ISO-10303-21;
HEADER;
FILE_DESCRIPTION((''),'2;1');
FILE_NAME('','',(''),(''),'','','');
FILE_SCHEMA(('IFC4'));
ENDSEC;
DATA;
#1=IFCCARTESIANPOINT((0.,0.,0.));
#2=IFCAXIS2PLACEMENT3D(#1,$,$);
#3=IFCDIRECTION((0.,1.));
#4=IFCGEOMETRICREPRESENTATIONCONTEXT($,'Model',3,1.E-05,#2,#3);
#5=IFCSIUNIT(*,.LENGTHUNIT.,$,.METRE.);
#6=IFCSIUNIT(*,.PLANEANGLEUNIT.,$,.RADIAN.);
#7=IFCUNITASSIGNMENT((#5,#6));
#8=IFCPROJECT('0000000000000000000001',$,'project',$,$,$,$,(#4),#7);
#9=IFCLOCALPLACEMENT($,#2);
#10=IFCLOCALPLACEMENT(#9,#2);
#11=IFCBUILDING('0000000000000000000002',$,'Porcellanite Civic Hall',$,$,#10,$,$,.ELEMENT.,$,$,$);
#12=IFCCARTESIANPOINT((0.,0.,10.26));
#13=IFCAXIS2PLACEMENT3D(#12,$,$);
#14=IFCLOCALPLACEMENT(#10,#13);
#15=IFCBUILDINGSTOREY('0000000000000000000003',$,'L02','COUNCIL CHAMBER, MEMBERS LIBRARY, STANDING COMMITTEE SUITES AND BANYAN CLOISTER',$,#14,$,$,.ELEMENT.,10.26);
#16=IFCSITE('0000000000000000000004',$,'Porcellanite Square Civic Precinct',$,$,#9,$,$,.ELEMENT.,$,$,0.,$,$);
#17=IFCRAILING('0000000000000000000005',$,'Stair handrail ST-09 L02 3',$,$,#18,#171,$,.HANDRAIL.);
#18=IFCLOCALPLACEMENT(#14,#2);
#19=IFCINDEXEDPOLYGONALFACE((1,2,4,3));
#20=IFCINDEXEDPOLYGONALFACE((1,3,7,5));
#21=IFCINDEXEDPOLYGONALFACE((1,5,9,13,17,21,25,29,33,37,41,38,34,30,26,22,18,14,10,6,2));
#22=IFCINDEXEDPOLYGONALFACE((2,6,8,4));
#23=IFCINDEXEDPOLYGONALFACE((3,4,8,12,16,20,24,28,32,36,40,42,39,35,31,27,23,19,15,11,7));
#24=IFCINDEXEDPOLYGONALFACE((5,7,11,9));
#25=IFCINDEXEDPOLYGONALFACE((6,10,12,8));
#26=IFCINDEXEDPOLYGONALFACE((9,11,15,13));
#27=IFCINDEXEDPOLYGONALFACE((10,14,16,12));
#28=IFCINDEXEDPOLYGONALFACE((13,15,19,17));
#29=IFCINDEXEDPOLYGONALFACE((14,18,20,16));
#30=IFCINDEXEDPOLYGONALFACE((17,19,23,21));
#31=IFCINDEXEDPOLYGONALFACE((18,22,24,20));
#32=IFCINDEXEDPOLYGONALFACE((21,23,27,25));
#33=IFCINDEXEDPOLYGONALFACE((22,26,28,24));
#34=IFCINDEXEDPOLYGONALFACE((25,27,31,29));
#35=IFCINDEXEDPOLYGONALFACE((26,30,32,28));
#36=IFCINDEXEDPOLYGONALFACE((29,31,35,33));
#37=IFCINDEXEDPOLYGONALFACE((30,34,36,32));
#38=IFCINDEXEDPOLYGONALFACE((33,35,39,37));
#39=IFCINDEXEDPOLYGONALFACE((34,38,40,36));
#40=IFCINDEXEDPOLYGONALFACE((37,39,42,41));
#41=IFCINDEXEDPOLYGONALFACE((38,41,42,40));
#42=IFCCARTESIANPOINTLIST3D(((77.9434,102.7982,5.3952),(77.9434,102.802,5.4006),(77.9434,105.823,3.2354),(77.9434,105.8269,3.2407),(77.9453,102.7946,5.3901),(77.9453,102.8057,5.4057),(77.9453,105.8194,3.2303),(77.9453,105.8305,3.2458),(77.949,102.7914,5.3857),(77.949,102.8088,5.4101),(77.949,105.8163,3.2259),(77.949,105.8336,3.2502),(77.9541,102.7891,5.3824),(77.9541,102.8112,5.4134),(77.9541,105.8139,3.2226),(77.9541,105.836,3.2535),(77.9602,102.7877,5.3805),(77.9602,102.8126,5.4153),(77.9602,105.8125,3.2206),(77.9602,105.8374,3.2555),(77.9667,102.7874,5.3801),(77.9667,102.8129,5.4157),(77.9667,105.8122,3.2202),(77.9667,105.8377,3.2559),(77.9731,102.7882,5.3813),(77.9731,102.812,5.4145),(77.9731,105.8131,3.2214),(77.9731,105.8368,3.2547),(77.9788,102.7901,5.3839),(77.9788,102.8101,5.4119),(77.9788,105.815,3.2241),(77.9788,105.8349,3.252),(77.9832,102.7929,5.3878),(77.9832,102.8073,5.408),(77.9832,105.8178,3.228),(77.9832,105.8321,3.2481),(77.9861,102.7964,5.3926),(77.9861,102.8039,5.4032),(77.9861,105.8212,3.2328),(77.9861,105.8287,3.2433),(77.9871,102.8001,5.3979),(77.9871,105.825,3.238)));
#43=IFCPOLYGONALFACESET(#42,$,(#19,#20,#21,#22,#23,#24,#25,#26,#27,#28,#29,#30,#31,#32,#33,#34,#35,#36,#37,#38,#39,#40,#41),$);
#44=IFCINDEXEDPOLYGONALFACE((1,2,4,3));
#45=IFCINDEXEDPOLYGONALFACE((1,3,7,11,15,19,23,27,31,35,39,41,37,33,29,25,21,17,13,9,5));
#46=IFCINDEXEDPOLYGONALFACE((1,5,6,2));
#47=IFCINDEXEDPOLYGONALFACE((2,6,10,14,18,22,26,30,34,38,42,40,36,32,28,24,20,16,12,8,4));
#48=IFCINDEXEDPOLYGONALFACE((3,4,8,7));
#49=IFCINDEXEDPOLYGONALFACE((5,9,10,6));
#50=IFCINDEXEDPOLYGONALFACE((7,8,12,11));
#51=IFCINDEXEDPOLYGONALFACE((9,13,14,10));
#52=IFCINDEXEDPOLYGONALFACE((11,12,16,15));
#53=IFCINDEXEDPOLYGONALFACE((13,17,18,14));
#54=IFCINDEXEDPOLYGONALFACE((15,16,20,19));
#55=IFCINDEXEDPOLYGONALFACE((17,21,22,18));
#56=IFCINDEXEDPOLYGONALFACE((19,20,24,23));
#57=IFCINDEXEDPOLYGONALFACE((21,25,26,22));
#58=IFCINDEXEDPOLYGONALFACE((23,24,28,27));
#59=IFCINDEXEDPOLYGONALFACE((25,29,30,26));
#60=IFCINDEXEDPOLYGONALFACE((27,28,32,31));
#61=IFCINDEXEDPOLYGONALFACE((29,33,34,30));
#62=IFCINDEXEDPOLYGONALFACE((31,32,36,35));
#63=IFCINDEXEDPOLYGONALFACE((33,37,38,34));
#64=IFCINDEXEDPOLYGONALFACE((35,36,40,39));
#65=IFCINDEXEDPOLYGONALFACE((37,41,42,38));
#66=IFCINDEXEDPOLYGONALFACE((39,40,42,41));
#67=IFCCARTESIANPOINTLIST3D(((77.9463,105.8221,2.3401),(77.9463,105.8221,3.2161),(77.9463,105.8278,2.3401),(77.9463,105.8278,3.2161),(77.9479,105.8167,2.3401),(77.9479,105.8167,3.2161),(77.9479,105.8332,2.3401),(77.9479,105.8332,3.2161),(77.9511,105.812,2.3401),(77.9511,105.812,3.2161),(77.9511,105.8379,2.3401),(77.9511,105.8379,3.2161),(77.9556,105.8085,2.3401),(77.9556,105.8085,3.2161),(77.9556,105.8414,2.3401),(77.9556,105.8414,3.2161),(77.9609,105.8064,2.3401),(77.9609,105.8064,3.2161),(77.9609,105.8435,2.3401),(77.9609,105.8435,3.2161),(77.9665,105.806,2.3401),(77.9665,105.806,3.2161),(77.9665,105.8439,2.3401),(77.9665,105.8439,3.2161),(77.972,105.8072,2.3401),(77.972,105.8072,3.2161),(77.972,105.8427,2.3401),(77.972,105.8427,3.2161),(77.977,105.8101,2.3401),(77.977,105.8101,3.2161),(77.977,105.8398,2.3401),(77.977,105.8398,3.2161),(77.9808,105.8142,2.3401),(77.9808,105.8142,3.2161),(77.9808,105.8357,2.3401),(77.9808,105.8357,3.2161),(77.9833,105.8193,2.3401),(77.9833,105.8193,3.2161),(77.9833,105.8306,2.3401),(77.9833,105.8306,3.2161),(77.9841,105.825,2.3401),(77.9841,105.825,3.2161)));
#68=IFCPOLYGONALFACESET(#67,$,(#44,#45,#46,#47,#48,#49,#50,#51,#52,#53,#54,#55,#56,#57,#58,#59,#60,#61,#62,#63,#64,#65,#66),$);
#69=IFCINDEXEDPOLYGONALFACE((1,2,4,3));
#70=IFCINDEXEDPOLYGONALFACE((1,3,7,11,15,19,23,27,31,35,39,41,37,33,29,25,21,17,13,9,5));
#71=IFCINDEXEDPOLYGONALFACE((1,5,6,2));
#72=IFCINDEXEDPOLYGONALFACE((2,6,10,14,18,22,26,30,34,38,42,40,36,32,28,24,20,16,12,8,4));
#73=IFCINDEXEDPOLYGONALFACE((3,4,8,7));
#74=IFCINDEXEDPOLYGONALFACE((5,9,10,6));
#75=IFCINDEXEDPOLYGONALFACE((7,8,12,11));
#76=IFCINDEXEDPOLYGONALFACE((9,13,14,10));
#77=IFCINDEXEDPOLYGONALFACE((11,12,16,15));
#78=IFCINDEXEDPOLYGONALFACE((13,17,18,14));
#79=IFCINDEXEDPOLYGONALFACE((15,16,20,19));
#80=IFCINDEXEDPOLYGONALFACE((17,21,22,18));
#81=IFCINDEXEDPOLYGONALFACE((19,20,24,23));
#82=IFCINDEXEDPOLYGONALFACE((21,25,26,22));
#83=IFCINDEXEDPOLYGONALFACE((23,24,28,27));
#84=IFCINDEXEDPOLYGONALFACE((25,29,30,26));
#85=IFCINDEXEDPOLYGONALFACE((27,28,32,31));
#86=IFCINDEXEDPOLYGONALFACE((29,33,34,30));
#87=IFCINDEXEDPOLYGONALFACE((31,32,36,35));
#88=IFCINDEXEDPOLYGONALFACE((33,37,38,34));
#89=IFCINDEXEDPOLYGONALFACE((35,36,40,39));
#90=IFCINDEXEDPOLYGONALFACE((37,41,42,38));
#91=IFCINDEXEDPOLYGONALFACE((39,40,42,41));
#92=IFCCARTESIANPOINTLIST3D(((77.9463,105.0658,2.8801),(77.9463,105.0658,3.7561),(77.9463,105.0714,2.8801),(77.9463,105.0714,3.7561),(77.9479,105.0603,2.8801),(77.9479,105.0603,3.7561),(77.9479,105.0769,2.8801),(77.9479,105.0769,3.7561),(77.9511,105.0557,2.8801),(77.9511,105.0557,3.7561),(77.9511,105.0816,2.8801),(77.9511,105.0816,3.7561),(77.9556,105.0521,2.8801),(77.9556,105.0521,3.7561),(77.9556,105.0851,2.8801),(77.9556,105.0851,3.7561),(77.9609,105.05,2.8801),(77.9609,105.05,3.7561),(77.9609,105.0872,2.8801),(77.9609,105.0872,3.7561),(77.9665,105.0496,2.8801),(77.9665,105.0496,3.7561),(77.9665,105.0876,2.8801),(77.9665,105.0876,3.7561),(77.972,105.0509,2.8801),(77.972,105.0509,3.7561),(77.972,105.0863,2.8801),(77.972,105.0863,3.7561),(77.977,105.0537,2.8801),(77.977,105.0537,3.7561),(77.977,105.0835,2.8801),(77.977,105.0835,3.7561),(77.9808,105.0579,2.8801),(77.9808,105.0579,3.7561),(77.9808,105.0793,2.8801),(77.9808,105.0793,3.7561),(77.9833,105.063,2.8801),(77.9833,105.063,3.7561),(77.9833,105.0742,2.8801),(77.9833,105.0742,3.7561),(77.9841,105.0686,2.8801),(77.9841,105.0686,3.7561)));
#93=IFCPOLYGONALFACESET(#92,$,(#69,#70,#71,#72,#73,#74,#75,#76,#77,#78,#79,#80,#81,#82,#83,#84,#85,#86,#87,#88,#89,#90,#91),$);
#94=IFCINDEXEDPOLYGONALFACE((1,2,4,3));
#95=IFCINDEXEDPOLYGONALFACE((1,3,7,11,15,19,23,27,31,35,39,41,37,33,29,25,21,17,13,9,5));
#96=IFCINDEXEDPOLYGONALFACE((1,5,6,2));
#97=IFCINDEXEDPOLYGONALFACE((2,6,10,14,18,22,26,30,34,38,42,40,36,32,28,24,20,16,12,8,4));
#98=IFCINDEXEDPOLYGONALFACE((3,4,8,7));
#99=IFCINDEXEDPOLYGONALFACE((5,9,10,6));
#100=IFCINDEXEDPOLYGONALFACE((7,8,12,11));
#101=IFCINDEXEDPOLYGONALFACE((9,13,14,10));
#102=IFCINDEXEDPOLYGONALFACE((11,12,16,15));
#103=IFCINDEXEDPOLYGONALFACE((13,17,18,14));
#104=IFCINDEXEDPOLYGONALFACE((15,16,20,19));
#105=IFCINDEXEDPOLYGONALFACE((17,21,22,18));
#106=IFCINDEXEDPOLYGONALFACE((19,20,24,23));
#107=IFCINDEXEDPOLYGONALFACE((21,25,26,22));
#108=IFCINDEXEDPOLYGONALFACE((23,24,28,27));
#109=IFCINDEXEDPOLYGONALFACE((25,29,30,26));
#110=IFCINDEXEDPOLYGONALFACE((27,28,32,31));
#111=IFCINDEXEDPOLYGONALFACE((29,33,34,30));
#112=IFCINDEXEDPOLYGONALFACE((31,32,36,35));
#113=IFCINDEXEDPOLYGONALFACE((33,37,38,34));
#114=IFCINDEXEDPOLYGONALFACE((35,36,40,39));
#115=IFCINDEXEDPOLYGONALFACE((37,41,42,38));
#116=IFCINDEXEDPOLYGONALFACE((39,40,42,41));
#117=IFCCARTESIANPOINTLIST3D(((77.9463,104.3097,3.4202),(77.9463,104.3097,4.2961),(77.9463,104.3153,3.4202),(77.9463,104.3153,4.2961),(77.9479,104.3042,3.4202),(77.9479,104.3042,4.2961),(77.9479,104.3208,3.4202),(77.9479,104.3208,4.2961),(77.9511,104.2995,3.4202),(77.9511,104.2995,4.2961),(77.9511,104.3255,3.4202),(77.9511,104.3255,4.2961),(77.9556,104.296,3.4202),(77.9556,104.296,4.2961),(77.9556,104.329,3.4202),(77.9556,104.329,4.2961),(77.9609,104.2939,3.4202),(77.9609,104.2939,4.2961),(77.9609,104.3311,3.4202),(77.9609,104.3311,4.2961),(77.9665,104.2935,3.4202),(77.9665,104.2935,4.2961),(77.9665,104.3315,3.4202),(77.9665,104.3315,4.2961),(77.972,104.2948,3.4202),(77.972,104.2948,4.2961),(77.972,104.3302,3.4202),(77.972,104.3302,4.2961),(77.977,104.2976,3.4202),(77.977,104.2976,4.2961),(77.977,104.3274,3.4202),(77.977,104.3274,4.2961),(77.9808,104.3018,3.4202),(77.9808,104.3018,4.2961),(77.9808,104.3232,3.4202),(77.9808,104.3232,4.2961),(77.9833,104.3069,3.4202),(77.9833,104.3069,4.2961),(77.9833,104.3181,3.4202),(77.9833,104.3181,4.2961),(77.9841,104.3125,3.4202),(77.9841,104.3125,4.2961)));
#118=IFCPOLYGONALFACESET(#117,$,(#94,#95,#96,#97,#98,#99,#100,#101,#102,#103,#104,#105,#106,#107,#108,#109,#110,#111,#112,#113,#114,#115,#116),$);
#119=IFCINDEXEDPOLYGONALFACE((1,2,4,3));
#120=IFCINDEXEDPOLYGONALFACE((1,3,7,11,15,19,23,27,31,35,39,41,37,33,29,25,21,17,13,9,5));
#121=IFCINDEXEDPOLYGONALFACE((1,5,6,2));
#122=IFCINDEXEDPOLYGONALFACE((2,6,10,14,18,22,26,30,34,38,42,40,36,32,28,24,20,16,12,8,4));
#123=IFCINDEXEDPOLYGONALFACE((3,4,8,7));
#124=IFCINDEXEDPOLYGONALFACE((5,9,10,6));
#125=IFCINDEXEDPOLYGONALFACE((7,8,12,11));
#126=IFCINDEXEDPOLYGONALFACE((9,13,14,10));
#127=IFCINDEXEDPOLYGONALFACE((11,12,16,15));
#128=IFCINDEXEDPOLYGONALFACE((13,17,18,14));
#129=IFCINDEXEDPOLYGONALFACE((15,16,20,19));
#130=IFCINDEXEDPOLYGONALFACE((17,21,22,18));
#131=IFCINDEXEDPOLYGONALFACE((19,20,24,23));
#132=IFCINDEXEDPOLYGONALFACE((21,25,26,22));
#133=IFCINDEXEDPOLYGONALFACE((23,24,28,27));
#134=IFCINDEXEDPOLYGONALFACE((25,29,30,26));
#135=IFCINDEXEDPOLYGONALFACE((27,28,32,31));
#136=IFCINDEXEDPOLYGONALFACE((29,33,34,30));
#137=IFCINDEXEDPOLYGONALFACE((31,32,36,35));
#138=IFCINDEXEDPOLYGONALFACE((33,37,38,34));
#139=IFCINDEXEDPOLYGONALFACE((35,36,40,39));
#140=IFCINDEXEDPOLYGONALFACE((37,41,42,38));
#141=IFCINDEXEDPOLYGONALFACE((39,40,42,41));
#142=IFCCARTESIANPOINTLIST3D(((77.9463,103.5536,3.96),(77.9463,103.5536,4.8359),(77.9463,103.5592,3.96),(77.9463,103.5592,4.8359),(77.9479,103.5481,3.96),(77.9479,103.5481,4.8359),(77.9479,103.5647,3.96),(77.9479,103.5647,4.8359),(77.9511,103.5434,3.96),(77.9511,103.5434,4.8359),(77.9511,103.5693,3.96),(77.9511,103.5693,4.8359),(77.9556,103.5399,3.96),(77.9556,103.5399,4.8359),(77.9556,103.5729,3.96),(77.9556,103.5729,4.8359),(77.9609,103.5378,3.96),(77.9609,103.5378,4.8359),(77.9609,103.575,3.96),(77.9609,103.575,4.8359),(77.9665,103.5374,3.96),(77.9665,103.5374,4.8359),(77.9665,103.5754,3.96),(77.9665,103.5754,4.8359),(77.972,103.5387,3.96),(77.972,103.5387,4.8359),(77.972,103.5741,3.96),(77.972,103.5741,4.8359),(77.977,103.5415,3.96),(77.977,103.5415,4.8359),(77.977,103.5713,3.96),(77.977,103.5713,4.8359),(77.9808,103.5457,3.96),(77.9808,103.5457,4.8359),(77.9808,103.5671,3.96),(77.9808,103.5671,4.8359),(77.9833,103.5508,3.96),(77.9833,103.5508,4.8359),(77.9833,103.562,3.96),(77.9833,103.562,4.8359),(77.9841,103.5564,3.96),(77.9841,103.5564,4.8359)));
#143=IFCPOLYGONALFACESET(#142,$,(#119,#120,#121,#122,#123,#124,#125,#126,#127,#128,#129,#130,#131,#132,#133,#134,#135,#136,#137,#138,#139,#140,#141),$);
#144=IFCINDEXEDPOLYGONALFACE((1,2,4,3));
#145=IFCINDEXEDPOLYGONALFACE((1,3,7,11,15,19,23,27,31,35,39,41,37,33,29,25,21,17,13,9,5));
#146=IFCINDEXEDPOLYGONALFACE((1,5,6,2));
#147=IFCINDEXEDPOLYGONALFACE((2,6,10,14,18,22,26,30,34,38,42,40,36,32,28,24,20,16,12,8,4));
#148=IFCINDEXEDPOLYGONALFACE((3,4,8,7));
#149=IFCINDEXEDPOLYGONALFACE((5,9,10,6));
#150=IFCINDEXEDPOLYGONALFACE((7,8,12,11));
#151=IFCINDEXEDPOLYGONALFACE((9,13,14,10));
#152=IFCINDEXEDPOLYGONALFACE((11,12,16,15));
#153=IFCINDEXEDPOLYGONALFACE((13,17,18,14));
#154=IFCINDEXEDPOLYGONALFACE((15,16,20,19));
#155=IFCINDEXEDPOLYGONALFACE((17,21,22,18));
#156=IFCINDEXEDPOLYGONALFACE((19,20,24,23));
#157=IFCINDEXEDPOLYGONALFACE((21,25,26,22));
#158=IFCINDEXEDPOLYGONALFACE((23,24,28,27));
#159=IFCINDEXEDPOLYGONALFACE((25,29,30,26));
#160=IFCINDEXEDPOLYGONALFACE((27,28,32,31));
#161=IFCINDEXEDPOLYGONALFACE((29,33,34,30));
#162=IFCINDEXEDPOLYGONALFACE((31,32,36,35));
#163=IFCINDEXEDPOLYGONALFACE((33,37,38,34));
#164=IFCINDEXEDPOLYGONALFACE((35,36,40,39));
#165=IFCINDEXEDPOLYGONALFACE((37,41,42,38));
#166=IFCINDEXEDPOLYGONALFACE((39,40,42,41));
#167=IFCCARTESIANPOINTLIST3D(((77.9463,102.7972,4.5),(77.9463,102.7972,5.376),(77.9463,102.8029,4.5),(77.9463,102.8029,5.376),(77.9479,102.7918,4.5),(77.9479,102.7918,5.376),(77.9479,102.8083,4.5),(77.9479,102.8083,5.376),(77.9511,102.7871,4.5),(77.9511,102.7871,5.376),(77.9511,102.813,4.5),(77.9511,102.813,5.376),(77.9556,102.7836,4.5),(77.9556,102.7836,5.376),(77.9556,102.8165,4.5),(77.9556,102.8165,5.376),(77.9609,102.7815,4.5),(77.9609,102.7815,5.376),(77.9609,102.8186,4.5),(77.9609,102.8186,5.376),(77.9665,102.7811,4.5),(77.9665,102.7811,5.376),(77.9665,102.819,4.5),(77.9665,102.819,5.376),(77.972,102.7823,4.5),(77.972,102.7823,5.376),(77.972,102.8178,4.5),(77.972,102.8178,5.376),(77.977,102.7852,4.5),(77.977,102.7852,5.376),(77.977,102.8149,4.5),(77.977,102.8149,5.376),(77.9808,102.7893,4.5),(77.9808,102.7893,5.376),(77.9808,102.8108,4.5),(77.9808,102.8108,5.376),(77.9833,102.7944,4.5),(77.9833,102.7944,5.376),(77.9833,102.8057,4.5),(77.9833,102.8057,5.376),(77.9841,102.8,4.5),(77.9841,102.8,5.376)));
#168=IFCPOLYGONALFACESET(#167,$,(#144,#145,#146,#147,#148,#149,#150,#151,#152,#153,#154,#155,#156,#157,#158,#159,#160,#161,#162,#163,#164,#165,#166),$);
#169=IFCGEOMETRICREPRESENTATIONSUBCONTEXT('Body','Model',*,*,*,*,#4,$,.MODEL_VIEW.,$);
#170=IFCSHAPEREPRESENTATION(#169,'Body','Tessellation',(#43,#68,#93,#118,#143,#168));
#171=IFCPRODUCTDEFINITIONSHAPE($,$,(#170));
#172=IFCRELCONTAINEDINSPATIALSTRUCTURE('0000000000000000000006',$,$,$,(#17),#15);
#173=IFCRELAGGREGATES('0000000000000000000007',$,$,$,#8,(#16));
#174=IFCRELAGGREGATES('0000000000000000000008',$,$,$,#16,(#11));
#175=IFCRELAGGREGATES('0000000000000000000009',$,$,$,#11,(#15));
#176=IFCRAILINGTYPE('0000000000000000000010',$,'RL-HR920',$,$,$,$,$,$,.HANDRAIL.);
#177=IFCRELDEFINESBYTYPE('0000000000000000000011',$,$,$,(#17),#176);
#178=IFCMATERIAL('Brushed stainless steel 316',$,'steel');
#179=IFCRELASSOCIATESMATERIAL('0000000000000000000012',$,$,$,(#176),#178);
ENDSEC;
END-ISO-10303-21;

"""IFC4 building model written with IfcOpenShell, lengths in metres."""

from ifc_helpers import new_model, si_unit, direction, frame, origin, origin_2d, place, context, subcontext, project, spatial, circle, extrude, material, type_object, element, save


model = new_model("IFC4")

# Units and contexts
model_context = context("Model", 3, precision=1e-05, world=origin(), true_north=direction((0.0, 1.0)))
body_context = subcontext(model_context, "Body", "Model", "MODEL_VIEW")
ifc_project = project(units=[si_unit("LENGTHUNIT", "METRE"), si_unit("PLANEANGLEUNIT", "RADIAN")], contexts=[model_context])

# Site, building, storey
site_placement = place(None, origin())
site = spatial("IfcSite", under=ifc_project, at=site_placement, Name="Porcellanite Square Civic Precinct", CompositionType="ELEMENT", RefElevation=0.0)
building_placement = place(site_placement, origin())
building = spatial("IfcBuilding", under=site, at=building_placement, Name="Porcellanite Civic Hall", CompositionType="ELEMENT")
storey_placement = place(building_placement, frame((0.0, 0.0, 10.26)))
storey = spatial("IfcBuildingStorey", under=building, at=storey_placement, Name="L02", Description="COUNCIL CHAMBER, MEMBERS LIBRARY, STANDING COMMITTEE SUITES AND BANYAN CLOISTER", CompositionType="ELEMENT", Elevation=10.26)

# Railing
ifc_material_1 = material(Name="Brushed stainless steel 316", Category="steel")
railing_type_1 = type_object("IfcRailingType", Name="RL-HR920", PredefinedType="HANDRAIL", material=ifc_material_1)
railing_1_placement = place(storey_placement, frame((77.9651, 105.825, 2.3401)))
element("IfcRailing", 1, at=railing_1_placement, inside=storey, type_object=railing_type_1, Name="Stair handrail ST-09 L02 3", PredefinedType="HANDRAIL", context=body_context, shape_type="SweptSolid", body=[
    extrude(circle(Radius=0.022, at=origin_2d()), frame((0.0, 0.0, 0.8979), z_axis=(0.0, -0.813827, 0.581108), x_axis=(1.0, 0.0, 0.0)), (0.0, 0.0, 1.0), 3.7168),
    extrude(circle(Radius=0.019, at=origin_2d()), origin(), (0.0, 0.0, 1.0), 0.876),
    extrude(circle(Radius=0.019, at=origin_2d()), frame((0.0, -0.7563, 0.54)), (0.0, 0.0, 1.0), 0.876),
    extrude(circle(Radius=0.019, at=origin_2d()), frame((0.0, -1.5125, 1.0801)), (0.0, 0.0, 1.0), 0.876),
    extrude(circle(Radius=0.019, at=origin_2d()), frame((0.0, -2.2686, 1.6199)), (0.0, 0.0, 1.0), 0.876),
    extrude(circle(Radius=0.019, at=origin_2d()), frame((0.0, -3.0249, 2.1599)), (0.0, 0.0, 1.0), 0.876),
])

save(model, "model.ifc")
